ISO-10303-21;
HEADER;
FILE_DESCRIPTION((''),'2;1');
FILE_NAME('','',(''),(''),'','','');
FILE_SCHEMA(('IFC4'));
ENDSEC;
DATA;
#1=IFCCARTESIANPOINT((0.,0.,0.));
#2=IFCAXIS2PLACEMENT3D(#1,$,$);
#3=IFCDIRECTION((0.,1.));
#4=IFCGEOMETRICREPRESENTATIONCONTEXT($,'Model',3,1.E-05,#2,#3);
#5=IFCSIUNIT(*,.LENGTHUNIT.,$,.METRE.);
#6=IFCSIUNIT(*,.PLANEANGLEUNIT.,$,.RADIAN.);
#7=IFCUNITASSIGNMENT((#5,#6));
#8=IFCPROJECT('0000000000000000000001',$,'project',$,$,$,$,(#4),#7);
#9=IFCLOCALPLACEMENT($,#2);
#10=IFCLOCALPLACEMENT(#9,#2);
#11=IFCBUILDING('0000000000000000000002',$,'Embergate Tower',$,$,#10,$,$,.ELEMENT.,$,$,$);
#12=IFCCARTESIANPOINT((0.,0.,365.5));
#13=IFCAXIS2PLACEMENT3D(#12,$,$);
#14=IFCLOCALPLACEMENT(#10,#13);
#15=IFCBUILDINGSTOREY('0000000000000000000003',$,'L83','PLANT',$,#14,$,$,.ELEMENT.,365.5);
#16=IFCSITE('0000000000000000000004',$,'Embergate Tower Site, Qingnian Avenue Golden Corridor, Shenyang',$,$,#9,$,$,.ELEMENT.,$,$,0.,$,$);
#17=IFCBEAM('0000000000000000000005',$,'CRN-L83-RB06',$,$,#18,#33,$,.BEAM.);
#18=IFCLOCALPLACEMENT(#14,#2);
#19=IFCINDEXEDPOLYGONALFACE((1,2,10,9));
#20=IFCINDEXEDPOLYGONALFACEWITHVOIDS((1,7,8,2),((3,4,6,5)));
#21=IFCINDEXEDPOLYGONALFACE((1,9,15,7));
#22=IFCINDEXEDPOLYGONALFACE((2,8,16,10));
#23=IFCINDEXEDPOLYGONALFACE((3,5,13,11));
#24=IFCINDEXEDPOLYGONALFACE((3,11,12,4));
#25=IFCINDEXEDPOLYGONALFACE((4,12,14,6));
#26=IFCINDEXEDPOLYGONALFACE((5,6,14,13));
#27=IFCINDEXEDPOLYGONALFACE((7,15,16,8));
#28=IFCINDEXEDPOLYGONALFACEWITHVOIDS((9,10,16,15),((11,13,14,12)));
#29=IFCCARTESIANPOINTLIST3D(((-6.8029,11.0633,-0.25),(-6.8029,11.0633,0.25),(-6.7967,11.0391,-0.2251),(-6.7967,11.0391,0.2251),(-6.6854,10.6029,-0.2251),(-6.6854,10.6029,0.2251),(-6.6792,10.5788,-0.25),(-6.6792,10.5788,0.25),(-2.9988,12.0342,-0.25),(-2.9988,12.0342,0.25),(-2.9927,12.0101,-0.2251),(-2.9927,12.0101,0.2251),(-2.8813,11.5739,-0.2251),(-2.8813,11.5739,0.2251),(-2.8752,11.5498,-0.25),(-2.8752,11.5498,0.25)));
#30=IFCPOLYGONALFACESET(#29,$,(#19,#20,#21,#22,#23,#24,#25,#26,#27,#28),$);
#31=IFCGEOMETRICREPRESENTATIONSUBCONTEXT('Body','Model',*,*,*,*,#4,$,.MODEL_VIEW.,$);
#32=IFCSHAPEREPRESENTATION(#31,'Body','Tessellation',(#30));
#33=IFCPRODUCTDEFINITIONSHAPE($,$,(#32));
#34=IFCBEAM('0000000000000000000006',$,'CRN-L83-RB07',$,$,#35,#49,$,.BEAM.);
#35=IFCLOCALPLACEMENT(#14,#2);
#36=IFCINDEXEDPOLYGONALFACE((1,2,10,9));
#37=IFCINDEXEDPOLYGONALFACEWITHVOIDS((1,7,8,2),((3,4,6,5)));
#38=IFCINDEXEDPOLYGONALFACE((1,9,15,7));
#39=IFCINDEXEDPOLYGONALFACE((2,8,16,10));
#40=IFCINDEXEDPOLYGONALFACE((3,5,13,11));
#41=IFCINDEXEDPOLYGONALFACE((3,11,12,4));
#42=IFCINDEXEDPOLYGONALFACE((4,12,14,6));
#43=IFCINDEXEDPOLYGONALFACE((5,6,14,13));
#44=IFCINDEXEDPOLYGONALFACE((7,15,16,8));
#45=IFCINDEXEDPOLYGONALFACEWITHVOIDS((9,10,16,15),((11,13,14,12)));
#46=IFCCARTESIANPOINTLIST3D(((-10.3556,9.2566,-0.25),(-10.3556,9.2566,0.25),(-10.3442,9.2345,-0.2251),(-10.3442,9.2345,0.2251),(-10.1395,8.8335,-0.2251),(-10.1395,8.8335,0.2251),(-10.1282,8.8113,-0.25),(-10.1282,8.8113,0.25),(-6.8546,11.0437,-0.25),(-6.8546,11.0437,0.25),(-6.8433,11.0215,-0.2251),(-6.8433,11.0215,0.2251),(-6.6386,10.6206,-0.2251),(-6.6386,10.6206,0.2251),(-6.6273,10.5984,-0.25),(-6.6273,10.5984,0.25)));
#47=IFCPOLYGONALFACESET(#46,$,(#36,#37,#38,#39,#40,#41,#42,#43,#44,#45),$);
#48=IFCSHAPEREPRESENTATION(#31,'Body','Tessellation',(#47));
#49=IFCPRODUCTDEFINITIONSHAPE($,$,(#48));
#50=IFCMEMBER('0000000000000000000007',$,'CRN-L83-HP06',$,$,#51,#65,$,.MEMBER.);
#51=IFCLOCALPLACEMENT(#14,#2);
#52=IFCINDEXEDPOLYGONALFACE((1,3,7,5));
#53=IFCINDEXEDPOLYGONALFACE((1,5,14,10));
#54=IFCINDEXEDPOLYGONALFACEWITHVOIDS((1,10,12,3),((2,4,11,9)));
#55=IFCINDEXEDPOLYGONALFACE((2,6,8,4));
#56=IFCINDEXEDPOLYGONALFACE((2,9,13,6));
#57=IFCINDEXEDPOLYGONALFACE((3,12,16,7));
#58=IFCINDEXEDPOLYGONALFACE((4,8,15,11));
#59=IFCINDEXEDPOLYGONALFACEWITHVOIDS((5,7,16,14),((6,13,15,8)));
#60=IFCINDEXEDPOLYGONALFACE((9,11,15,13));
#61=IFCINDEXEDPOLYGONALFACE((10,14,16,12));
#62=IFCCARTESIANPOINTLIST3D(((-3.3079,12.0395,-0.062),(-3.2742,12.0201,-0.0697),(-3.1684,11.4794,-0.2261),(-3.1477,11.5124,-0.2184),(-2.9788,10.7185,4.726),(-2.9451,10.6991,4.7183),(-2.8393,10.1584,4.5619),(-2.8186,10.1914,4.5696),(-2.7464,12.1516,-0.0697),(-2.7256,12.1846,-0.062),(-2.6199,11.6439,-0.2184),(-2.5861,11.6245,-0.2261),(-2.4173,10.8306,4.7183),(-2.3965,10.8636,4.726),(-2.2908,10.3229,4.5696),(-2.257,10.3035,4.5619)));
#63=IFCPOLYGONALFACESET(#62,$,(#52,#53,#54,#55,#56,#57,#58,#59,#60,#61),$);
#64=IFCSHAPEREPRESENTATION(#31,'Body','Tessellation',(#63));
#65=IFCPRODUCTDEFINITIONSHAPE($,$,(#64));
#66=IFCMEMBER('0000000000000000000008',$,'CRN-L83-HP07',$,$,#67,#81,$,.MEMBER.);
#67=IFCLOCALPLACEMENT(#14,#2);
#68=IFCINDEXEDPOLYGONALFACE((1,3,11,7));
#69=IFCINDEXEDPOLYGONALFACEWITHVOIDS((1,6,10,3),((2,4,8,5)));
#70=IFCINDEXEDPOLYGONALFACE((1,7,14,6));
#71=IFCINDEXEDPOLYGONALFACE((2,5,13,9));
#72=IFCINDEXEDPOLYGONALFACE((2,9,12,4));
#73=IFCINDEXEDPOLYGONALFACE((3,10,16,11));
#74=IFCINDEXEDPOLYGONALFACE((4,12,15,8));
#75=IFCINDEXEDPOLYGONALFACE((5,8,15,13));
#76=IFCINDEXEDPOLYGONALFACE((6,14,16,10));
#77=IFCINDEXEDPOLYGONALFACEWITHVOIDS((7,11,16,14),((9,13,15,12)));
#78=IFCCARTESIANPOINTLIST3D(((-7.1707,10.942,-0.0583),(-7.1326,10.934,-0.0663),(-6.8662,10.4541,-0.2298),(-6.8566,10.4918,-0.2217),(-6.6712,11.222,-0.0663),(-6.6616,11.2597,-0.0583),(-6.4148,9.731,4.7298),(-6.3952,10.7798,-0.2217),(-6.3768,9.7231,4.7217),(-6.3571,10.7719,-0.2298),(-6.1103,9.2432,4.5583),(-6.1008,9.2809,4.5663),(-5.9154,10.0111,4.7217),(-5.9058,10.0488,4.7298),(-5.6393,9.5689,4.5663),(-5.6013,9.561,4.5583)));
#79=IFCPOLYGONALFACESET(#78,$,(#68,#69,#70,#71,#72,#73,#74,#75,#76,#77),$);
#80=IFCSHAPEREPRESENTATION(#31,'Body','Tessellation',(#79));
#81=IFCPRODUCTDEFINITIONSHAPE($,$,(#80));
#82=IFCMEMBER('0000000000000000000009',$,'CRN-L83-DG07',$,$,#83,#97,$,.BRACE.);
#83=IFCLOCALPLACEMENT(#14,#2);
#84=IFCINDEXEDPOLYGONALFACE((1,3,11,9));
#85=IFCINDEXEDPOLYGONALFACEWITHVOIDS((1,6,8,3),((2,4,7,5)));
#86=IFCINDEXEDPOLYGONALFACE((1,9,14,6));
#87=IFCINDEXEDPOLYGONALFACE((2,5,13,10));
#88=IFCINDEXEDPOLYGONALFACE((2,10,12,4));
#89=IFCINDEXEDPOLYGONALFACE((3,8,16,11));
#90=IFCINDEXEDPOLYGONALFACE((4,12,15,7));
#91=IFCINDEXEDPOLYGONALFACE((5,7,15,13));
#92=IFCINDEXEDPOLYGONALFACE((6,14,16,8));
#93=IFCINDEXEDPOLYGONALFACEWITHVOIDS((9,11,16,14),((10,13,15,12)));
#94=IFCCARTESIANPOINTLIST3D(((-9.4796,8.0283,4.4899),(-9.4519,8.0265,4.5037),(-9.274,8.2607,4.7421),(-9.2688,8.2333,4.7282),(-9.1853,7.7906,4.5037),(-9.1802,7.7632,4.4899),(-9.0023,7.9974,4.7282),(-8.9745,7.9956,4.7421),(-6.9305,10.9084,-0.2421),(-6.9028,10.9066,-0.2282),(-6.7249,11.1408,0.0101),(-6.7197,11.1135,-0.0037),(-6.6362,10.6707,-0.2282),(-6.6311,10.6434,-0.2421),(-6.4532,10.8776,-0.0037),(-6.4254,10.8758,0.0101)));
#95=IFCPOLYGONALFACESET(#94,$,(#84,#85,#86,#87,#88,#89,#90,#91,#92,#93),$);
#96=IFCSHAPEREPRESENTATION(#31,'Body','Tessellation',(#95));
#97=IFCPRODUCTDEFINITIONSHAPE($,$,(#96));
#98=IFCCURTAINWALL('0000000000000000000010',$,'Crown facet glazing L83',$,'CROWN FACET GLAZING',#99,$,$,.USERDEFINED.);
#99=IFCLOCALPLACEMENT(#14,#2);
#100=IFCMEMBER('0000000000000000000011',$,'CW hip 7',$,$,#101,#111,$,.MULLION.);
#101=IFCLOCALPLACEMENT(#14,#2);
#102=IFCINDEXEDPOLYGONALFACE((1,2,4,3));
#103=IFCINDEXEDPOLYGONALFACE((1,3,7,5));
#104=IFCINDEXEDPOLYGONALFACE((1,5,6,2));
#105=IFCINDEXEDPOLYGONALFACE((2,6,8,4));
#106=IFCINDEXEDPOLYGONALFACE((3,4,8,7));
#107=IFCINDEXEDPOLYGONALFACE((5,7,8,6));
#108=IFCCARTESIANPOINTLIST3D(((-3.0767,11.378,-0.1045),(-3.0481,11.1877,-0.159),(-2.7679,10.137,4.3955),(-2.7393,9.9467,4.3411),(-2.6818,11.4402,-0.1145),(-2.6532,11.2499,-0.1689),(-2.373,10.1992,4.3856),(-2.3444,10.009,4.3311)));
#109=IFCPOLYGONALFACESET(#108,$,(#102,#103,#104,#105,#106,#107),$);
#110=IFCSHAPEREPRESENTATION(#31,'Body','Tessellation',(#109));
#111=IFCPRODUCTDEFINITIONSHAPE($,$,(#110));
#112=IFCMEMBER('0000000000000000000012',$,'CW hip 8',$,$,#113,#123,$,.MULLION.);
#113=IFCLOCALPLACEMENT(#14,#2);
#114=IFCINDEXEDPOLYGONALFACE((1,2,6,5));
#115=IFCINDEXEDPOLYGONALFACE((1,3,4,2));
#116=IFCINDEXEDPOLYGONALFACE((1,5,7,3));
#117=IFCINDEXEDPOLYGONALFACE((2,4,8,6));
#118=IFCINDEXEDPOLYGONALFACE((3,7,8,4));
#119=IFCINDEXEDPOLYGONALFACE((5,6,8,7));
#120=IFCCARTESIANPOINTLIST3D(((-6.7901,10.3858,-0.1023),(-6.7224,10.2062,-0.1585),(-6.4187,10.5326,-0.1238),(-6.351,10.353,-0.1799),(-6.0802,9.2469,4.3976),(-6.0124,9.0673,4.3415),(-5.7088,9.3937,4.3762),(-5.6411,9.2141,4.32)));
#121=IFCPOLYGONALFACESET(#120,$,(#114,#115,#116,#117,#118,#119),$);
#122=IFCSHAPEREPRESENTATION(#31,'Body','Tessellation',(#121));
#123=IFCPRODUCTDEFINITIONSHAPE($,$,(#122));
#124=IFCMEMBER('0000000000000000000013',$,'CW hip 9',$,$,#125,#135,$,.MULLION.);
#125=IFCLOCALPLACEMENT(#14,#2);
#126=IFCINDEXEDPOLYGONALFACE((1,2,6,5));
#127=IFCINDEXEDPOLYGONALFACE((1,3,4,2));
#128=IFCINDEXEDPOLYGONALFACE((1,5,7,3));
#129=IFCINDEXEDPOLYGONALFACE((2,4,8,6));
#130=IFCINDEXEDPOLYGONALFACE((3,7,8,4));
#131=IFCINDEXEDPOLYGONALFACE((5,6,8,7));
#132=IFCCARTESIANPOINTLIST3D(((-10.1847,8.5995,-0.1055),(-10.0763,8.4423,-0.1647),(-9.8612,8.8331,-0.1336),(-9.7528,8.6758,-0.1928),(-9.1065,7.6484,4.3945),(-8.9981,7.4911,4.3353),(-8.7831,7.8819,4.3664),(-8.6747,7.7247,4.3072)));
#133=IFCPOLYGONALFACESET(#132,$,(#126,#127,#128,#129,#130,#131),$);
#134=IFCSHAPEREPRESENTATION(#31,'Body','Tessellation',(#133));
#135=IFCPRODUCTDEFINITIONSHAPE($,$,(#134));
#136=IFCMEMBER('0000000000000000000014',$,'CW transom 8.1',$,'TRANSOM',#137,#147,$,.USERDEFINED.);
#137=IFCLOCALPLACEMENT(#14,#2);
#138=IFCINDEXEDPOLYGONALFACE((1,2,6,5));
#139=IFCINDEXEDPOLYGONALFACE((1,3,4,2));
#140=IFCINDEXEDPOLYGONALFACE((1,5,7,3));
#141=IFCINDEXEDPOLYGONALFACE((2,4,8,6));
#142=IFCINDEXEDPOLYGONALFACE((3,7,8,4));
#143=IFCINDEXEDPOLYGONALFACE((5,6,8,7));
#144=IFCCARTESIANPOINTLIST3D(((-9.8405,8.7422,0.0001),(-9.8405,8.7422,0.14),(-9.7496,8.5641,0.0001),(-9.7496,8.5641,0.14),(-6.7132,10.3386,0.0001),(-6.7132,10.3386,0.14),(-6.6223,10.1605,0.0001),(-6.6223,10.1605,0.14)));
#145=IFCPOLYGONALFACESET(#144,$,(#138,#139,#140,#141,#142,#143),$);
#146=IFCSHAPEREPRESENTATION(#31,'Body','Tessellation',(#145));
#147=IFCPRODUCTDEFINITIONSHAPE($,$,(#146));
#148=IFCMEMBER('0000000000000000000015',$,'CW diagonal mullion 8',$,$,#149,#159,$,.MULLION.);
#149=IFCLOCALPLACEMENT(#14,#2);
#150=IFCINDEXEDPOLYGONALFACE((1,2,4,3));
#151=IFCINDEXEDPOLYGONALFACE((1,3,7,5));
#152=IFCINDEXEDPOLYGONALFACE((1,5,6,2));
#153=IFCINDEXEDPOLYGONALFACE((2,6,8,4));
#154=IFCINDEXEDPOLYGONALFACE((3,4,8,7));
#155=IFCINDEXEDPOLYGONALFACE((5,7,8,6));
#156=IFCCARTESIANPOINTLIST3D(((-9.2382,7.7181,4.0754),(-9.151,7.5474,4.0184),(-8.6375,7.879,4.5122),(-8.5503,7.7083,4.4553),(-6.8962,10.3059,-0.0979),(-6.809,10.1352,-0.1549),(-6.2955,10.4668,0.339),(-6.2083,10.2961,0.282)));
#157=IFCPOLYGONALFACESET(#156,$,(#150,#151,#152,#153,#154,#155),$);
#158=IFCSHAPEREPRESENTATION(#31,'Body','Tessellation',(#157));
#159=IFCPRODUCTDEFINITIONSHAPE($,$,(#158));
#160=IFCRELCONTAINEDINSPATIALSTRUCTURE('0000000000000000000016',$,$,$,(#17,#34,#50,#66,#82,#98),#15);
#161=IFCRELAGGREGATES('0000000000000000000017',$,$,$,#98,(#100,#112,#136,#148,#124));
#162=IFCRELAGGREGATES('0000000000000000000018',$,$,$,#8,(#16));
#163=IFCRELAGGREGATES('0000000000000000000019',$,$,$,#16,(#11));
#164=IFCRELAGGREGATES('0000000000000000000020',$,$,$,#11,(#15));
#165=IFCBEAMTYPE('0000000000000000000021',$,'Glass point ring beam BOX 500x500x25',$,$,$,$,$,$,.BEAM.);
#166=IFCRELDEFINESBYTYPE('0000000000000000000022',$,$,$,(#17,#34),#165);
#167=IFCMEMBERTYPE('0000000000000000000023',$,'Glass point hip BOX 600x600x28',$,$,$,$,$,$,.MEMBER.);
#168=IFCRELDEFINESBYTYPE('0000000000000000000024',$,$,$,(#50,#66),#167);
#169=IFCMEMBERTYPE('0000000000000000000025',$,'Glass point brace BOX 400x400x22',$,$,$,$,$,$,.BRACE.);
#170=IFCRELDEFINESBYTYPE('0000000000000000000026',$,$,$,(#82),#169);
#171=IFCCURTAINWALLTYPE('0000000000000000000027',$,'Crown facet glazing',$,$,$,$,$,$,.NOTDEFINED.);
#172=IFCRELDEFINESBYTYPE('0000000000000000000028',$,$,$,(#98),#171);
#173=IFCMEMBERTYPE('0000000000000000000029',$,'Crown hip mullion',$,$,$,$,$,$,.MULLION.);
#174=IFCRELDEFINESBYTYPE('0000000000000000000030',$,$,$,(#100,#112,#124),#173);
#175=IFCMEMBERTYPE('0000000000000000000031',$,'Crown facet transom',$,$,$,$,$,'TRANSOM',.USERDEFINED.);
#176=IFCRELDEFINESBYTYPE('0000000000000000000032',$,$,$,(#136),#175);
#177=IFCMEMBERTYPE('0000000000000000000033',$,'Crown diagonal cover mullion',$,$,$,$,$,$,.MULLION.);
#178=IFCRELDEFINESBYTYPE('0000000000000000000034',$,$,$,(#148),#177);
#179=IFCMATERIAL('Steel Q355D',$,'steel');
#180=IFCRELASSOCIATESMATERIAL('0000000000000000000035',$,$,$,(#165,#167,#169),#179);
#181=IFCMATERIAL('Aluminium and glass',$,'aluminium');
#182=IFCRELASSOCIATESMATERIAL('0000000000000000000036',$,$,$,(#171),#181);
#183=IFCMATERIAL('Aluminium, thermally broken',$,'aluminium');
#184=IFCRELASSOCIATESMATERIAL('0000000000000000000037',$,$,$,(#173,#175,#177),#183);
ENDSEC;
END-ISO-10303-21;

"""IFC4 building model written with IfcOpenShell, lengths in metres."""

from ifc_helpers import new_model, si_unit, direction, frame, origin, origin_2d, place, context, subcontext, project, spatial, rectangle, hollow_rectangle, extrude, source, transform, mapped, material, material_profile, profile_set, type_object, element, aggregate, save


model = new_model("IFC4")

# Units and contexts
model_context = context("Model", 3, precision=1e-05, world=origin(), true_north=direction((0.0, 1.0)))
body_context = subcontext(model_context, "Body", "Model", "MODEL_VIEW")
ifc_project = project(units=[si_unit("LENGTHUNIT", "METRE"), si_unit("PLANEANGLEUNIT", "RADIAN")], contexts=[model_context])

# Site, building, storey
site_placement = place(None, origin())
site = spatial("IfcSite", under=ifc_project, at=site_placement, Name="Embergate Tower Site, Qingnian Avenue Golden Corridor, Shenyang", CompositionType="ELEMENT", RefElevation=0.0)
building_placement = place(site_placement, origin())
building = spatial("IfcBuilding", under=site, at=building_placement, Name="Embergate Tower", CompositionType="ELEMENT")
storey_placement = place(building_placement, frame((0.0, 0.0, 365.5)))
storey = spatial("IfcBuildingStorey", under=building, at=storey_placement, Name="L83", Description="PLANT", CompositionType="ELEMENT", Elevation=365.5)

# Beams
ifc_material_1 = material(Name="Steel Q355D", Category="steel")
ifc_material_profile_1 = material_profile(ifc_material_1, hollow_rectangle(XDim=0.5, YDim=0.5, WallThickness=0.0249, at=origin_2d()), Name="BOX 500x500x25")
ifc_profile_set_1 = profile_set([ifc_material_profile_1], Name="Steel Q355 grade D")
beam_type = type_object("IfcBeamType", Name="Glass point ring beam BOX 500x500x25", PredefinedType="BEAM", material=ifc_profile_set_1)
shared_shape_1 = source(origin(), body_context, "Body", "SweptSolid", [
    extrude(hollow_rectangle(XDim=0.5, YDim=0.5, WallThickness=0.0249, at=origin_2d()), origin(), (0.0, 0.0, 1.0), 3.926),
])
beam_1_placement = place(storey_placement, frame((-2.937, 11.792, 0.0), z_axis=(-0.968935, -0.247317, 0.0), x_axis=(0.247317, -0.968935, 0.0)))
element("IfcBeam", 1, at=beam_1_placement, inside=storey, type_object=beam_type, Name="CRN-L83-RB06", PredefinedType="BEAM", context=body_context, shape_type="MappedRepresentation", body=[
    mapped(shared_shape_1, transform((0.0, 0.0, 0.0))),
])
shared_shape_2 = source(origin(), body_context, "Body", "SweptSolid", [
    extrude(hollow_rectangle(XDim=0.5, YDim=0.5, WallThickness=0.0249, at=origin_2d()), origin(), (0.0, 0.0, 1.0), 3.9307),
])
beam_2_placement = place(storey_placement, frame((-6.741, 10.821, 0.0), z_axis=(-0.890669, -0.454651, 0.0), x_axis=(0.454651, -0.890669, 0.0)))
element("IfcBeam", 2, at=beam_2_placement, inside=storey, type_object=beam_type, Name="CRN-L83-RB07", PredefinedType="BEAM", context=body_context, shape_type="MappedRepresentation", body=[
    mapped(shared_shape_2, transform((0.0, 0.0, 0.0))),
])

# Members
ifc_material_profile_2 = material_profile(ifc_material_1, hollow_rectangle(XDim=0.6001, YDim=0.6001, WallThickness=0.0281, at=origin_2d()), Name="BOX 600x600x28")
ifc_profile_set_2 = profile_set([ifc_material_profile_2], Name="Steel Q355 grade D")
member_type_1 = type_object("IfcMemberType", Name="Glass point hip BOX 600x600x28", PredefinedType="MEMBER", material=ifc_profile_set_2)
shared_shape_3 = source(origin(), body_context, "Body", "SweptSolid", [
    extrude(hollow_rectangle(XDim=0.6001, YDim=0.6001, WallThickness=0.0281, at=origin_2d()), origin(), (0.0, 0.0, 1.0), 4.9778),
])
member_1_placement = place(storey_placement, frame((-2.947, 11.832, -0.144), z_axis=(0.066113, -0.265383, 0.961874), x_axis=(0.970343, 0.241734, 0.0)))
element("IfcMember", 3, at=member_1_placement, inside=storey, type_object=member_type_1, Name="CRN-L83-HP06", PredefinedType="MEMBER", context=body_context, shape_type="MappedRepresentation", body=[
    mapped(shared_shape_3, transform((0.0, 0.0, 0.0))),
])
shared_shape_4 = source(origin(), body_context, "Body", "SweptSolid", [
    extrude(hollow_rectangle(XDim=0.6001, YDim=0.6001, WallThickness=0.0281, at=origin_2d()), origin(), (0.0, 0.0, 1.0), 4.9963),
])
member_2_placement = place(storey_placement, frame((-6.7639, 10.8569, -0.144), z_axis=(0.151282, -0.242365, 0.958318), x_axis=(0.848306, 0.529507, 0.0)))
element("IfcMember", 4, at=member_2_placement, inside=storey, type_object=member_type_1, Name="CRN-L83-HP07", PredefinedType="MEMBER", context=body_context, shape_type="MappedRepresentation", body=[
    mapped(shared_shape_4, transform((0.0, 0.0, 0.0))),
])
ifc_material_profile_3 = material_profile(ifc_material_1, hollow_rectangle(XDim=0.3999, YDim=0.3999, WallThickness=0.022, at=origin_2d()), Name="BOX 400x400x22")
ifc_profile_set_3 = profile_set([ifc_material_profile_3], Name="Steel Q355 grade D")
member_type_2 = type_object("IfcMemberType", Name="Glass point brace BOX 400x400x22", PredefinedType="BRACE", material=ifc_profile_set_3)
shared_shape_5 = source(origin(), body_context, "Body", "SweptSolid", [
    extrude(hollow_rectangle(XDim=0.3999, YDim=0.3999, WallThickness=0.022, at=origin_2d()), origin(), (0.0, 0.0, 1.0), 6.0979),
])
member_3_placement = place(storey_placement, frame((-6.678, 10.8921, -0.116), z_axis=(-0.418026, -0.472316, 0.775997), x_axis=(0.748833, -0.662759, 0.0)))
element("IfcMember", 5, at=member_3_placement, inside=storey, type_object=member_type_2, Name="CRN-L83-DG07", PredefinedType="BRACE", context=body_context, shape_type="MappedRepresentation", body=[
    mapped(shared_shape_5, transform((0.0, 0.0, 0.0))),
])

# Curtain wall, members
ifc_material_2 = material(Name="Aluminium and glass", Category="aluminium")
curtain_wall_type = type_object("IfcCurtainWallType", Name="Crown facet glazing", PredefinedType="NOTDEFINED", material=ifc_material_2)
curtain_wall_placement = place(storey_placement, origin())
curtain_wall = element("IfcCurtainWall", 6, at=curtain_wall_placement, inside=storey, type_object=curtain_wall_type, Name="Crown facet glazing L83", ObjectType="CROWN FACET GLAZING", PredefinedType="USERDEFINED")
ifc_material_3 = material(Name="Aluminium, thermally broken", Category="aluminium")
ifc_material_profile_4 = material_profile(ifc_material_3, rectangle(XDim=0.2, YDim=0.3999, at=origin_2d()), Name="AL 400x200")
ifc_profile_set_4 = profile_set([ifc_material_profile_4], Name="Aluminium, thermally broken")
member_type_3 = type_object("IfcMemberType", Name="Crown hip mullion", PredefinedType="MULLION", material=ifc_profile_set_4)
shared_shape_6 = source(origin(), body_context, "Body", "SweptSolid", [
    extrude(rectangle(XDim=0.2, YDim=0.3999, at=origin_2d()), origin(), (0.0, 0.0, 1.0), 4.6782),
])
member_4_placement = place(storey_placement, frame((-2.865, 11.314, -0.1367), z_axis=(0.066017, -0.265267, 0.961912), x_axis=(-0.143079, 0.951537, 0.272225)))
member_4 = element("IfcMember", 7, at=member_4_placement, type_object=member_type_3, Name="CW hip 7", PredefinedType="MULLION", context=body_context, shape_type="MappedRepresentation", body=[
    mapped(shared_shape_6, transform((0.0, 0.0, 0.0))),
])
shared_shape_7 = source(origin(), body_context, "Body", "SweptSolid", [
    extrude(rectangle(XDim=0.2, YDim=0.3999, at=origin_2d()), origin(), (0.0, 0.0, 1.0), 4.6958),
])
member_5_placement = place(storey_placement, frame((-6.5706, 10.3694, -0.1411), z_axis=(0.151188, -0.242536, 0.958289), x_axis=(-0.338782, 0.898008, 0.280728)))
member_5 = element("IfcMember", 8, at=member_5_placement, type_object=member_type_3, Name="CW hip 8", PredefinedType="MULLION", context=body_context, shape_type="MappedRepresentation", body=[
    mapped(shared_shape_7, transform((0.0, 0.0, 0.0))),
])
shared_shape_8 = source(origin(), body_context, "Body", "SweptSolid", [
    extrude(rectangle(XDim=0.2, YDim=0.3999, at=origin_2d()), origin(), (0.0, 0.0, 1.0), 4.7241),
])
member_6_placement = place(storey_placement, frame((-9.9688, 8.6377, -0.1492), z_axis=(0.228218, -0.201345, 0.952563), x_axis=(-0.542129, 0.786395, 0.296107)))
member_6 = element("IfcMember", 9, at=member_6_placement, type_object=member_type_3, Name="CW hip 9", PredefinedType="MULLION", context=body_context, shape_type="MappedRepresentation", body=[
    mapped(shared_shape_8, transform((0.0, 0.0, 0.0))),
])
ifc_material_profile_5 = material_profile(ifc_material_3, rectangle(XDim=0.2, YDim=0.1399, at=origin_2d()), Name="AL 140x200")
ifc_profile_set_5 = profile_set([ifc_material_profile_5], Name="Aluminium, thermally broken")
member_type_4 = type_object("IfcMemberType", Name="Crown facet transom", ElementType="TRANSOM", PredefinedType="USERDEFINED", material=ifc_profile_set_5)
shared_shape_9 = source(origin(), body_context, "Body", "SweptSolid", [
    extrude(rectangle(XDim=0.2, YDim=0.1399, at=origin_2d()), origin(), (0.0, 0.0, 1.0), 3.5112),
])
member_7_placement = place(storey_placement, frame((-6.6677, 10.2495, 0.0701), z_axis=(-0.890669, -0.454652, 0.0), x_axis=(0.454652, -0.890669, 0.0)))
member_7 = element("IfcMember", 10, at=member_7_placement, type_object=member_type_4, Name="CW transom 8.1", ObjectType="TRANSOM", PredefinedType="USERDEFINED", context=body_context, shape_type="MappedRepresentation", body=[
    mapped(shared_shape_9, transform((0.0, 0.0, 0.0))),
])
ifc_material_profile_6 = material_profile(ifc_material_3, rectangle(XDim=0.2, YDim=0.76, at=origin_2d()), Name="AL 760x200")
ifc_profile_set_6 = profile_set([ifc_material_profile_6], Name="Aluminium, thermally broken")
member_type_5 = type_object("IfcMemberType", Name="Crown diagonal cover mullion", PredefinedType="MULLION", material=ifc_profile_set_6)
shared_shape_10 = source(origin(), body_context, "Body", "SweptSolid", [
    extrude(rectangle(XDim=0.2, YDim=0.76, at=origin_2d()), origin(), (0.0, 0.0, 1.0), 5.4404),
])
member_8_placement = place(storey_placement, frame((-6.5522, 10.301, 0.092), z_axis=(-0.430482, -0.475671, 0.767087), x_axis=(-0.43582, 0.853771, 0.284845)))
member_8 = element("IfcMember", 11, at=member_8_placement, type_object=member_type_5, Name="CW diagonal mullion 8", PredefinedType="MULLION", context=body_context, shape_type="MappedRepresentation", body=[
    mapped(shared_shape_10, transform((0.0, 0.0, 0.0))),
])
aggregate(curtain_wall, [member_4, member_5, member_7, member_8, member_6])

save(model, "model.ifc")
